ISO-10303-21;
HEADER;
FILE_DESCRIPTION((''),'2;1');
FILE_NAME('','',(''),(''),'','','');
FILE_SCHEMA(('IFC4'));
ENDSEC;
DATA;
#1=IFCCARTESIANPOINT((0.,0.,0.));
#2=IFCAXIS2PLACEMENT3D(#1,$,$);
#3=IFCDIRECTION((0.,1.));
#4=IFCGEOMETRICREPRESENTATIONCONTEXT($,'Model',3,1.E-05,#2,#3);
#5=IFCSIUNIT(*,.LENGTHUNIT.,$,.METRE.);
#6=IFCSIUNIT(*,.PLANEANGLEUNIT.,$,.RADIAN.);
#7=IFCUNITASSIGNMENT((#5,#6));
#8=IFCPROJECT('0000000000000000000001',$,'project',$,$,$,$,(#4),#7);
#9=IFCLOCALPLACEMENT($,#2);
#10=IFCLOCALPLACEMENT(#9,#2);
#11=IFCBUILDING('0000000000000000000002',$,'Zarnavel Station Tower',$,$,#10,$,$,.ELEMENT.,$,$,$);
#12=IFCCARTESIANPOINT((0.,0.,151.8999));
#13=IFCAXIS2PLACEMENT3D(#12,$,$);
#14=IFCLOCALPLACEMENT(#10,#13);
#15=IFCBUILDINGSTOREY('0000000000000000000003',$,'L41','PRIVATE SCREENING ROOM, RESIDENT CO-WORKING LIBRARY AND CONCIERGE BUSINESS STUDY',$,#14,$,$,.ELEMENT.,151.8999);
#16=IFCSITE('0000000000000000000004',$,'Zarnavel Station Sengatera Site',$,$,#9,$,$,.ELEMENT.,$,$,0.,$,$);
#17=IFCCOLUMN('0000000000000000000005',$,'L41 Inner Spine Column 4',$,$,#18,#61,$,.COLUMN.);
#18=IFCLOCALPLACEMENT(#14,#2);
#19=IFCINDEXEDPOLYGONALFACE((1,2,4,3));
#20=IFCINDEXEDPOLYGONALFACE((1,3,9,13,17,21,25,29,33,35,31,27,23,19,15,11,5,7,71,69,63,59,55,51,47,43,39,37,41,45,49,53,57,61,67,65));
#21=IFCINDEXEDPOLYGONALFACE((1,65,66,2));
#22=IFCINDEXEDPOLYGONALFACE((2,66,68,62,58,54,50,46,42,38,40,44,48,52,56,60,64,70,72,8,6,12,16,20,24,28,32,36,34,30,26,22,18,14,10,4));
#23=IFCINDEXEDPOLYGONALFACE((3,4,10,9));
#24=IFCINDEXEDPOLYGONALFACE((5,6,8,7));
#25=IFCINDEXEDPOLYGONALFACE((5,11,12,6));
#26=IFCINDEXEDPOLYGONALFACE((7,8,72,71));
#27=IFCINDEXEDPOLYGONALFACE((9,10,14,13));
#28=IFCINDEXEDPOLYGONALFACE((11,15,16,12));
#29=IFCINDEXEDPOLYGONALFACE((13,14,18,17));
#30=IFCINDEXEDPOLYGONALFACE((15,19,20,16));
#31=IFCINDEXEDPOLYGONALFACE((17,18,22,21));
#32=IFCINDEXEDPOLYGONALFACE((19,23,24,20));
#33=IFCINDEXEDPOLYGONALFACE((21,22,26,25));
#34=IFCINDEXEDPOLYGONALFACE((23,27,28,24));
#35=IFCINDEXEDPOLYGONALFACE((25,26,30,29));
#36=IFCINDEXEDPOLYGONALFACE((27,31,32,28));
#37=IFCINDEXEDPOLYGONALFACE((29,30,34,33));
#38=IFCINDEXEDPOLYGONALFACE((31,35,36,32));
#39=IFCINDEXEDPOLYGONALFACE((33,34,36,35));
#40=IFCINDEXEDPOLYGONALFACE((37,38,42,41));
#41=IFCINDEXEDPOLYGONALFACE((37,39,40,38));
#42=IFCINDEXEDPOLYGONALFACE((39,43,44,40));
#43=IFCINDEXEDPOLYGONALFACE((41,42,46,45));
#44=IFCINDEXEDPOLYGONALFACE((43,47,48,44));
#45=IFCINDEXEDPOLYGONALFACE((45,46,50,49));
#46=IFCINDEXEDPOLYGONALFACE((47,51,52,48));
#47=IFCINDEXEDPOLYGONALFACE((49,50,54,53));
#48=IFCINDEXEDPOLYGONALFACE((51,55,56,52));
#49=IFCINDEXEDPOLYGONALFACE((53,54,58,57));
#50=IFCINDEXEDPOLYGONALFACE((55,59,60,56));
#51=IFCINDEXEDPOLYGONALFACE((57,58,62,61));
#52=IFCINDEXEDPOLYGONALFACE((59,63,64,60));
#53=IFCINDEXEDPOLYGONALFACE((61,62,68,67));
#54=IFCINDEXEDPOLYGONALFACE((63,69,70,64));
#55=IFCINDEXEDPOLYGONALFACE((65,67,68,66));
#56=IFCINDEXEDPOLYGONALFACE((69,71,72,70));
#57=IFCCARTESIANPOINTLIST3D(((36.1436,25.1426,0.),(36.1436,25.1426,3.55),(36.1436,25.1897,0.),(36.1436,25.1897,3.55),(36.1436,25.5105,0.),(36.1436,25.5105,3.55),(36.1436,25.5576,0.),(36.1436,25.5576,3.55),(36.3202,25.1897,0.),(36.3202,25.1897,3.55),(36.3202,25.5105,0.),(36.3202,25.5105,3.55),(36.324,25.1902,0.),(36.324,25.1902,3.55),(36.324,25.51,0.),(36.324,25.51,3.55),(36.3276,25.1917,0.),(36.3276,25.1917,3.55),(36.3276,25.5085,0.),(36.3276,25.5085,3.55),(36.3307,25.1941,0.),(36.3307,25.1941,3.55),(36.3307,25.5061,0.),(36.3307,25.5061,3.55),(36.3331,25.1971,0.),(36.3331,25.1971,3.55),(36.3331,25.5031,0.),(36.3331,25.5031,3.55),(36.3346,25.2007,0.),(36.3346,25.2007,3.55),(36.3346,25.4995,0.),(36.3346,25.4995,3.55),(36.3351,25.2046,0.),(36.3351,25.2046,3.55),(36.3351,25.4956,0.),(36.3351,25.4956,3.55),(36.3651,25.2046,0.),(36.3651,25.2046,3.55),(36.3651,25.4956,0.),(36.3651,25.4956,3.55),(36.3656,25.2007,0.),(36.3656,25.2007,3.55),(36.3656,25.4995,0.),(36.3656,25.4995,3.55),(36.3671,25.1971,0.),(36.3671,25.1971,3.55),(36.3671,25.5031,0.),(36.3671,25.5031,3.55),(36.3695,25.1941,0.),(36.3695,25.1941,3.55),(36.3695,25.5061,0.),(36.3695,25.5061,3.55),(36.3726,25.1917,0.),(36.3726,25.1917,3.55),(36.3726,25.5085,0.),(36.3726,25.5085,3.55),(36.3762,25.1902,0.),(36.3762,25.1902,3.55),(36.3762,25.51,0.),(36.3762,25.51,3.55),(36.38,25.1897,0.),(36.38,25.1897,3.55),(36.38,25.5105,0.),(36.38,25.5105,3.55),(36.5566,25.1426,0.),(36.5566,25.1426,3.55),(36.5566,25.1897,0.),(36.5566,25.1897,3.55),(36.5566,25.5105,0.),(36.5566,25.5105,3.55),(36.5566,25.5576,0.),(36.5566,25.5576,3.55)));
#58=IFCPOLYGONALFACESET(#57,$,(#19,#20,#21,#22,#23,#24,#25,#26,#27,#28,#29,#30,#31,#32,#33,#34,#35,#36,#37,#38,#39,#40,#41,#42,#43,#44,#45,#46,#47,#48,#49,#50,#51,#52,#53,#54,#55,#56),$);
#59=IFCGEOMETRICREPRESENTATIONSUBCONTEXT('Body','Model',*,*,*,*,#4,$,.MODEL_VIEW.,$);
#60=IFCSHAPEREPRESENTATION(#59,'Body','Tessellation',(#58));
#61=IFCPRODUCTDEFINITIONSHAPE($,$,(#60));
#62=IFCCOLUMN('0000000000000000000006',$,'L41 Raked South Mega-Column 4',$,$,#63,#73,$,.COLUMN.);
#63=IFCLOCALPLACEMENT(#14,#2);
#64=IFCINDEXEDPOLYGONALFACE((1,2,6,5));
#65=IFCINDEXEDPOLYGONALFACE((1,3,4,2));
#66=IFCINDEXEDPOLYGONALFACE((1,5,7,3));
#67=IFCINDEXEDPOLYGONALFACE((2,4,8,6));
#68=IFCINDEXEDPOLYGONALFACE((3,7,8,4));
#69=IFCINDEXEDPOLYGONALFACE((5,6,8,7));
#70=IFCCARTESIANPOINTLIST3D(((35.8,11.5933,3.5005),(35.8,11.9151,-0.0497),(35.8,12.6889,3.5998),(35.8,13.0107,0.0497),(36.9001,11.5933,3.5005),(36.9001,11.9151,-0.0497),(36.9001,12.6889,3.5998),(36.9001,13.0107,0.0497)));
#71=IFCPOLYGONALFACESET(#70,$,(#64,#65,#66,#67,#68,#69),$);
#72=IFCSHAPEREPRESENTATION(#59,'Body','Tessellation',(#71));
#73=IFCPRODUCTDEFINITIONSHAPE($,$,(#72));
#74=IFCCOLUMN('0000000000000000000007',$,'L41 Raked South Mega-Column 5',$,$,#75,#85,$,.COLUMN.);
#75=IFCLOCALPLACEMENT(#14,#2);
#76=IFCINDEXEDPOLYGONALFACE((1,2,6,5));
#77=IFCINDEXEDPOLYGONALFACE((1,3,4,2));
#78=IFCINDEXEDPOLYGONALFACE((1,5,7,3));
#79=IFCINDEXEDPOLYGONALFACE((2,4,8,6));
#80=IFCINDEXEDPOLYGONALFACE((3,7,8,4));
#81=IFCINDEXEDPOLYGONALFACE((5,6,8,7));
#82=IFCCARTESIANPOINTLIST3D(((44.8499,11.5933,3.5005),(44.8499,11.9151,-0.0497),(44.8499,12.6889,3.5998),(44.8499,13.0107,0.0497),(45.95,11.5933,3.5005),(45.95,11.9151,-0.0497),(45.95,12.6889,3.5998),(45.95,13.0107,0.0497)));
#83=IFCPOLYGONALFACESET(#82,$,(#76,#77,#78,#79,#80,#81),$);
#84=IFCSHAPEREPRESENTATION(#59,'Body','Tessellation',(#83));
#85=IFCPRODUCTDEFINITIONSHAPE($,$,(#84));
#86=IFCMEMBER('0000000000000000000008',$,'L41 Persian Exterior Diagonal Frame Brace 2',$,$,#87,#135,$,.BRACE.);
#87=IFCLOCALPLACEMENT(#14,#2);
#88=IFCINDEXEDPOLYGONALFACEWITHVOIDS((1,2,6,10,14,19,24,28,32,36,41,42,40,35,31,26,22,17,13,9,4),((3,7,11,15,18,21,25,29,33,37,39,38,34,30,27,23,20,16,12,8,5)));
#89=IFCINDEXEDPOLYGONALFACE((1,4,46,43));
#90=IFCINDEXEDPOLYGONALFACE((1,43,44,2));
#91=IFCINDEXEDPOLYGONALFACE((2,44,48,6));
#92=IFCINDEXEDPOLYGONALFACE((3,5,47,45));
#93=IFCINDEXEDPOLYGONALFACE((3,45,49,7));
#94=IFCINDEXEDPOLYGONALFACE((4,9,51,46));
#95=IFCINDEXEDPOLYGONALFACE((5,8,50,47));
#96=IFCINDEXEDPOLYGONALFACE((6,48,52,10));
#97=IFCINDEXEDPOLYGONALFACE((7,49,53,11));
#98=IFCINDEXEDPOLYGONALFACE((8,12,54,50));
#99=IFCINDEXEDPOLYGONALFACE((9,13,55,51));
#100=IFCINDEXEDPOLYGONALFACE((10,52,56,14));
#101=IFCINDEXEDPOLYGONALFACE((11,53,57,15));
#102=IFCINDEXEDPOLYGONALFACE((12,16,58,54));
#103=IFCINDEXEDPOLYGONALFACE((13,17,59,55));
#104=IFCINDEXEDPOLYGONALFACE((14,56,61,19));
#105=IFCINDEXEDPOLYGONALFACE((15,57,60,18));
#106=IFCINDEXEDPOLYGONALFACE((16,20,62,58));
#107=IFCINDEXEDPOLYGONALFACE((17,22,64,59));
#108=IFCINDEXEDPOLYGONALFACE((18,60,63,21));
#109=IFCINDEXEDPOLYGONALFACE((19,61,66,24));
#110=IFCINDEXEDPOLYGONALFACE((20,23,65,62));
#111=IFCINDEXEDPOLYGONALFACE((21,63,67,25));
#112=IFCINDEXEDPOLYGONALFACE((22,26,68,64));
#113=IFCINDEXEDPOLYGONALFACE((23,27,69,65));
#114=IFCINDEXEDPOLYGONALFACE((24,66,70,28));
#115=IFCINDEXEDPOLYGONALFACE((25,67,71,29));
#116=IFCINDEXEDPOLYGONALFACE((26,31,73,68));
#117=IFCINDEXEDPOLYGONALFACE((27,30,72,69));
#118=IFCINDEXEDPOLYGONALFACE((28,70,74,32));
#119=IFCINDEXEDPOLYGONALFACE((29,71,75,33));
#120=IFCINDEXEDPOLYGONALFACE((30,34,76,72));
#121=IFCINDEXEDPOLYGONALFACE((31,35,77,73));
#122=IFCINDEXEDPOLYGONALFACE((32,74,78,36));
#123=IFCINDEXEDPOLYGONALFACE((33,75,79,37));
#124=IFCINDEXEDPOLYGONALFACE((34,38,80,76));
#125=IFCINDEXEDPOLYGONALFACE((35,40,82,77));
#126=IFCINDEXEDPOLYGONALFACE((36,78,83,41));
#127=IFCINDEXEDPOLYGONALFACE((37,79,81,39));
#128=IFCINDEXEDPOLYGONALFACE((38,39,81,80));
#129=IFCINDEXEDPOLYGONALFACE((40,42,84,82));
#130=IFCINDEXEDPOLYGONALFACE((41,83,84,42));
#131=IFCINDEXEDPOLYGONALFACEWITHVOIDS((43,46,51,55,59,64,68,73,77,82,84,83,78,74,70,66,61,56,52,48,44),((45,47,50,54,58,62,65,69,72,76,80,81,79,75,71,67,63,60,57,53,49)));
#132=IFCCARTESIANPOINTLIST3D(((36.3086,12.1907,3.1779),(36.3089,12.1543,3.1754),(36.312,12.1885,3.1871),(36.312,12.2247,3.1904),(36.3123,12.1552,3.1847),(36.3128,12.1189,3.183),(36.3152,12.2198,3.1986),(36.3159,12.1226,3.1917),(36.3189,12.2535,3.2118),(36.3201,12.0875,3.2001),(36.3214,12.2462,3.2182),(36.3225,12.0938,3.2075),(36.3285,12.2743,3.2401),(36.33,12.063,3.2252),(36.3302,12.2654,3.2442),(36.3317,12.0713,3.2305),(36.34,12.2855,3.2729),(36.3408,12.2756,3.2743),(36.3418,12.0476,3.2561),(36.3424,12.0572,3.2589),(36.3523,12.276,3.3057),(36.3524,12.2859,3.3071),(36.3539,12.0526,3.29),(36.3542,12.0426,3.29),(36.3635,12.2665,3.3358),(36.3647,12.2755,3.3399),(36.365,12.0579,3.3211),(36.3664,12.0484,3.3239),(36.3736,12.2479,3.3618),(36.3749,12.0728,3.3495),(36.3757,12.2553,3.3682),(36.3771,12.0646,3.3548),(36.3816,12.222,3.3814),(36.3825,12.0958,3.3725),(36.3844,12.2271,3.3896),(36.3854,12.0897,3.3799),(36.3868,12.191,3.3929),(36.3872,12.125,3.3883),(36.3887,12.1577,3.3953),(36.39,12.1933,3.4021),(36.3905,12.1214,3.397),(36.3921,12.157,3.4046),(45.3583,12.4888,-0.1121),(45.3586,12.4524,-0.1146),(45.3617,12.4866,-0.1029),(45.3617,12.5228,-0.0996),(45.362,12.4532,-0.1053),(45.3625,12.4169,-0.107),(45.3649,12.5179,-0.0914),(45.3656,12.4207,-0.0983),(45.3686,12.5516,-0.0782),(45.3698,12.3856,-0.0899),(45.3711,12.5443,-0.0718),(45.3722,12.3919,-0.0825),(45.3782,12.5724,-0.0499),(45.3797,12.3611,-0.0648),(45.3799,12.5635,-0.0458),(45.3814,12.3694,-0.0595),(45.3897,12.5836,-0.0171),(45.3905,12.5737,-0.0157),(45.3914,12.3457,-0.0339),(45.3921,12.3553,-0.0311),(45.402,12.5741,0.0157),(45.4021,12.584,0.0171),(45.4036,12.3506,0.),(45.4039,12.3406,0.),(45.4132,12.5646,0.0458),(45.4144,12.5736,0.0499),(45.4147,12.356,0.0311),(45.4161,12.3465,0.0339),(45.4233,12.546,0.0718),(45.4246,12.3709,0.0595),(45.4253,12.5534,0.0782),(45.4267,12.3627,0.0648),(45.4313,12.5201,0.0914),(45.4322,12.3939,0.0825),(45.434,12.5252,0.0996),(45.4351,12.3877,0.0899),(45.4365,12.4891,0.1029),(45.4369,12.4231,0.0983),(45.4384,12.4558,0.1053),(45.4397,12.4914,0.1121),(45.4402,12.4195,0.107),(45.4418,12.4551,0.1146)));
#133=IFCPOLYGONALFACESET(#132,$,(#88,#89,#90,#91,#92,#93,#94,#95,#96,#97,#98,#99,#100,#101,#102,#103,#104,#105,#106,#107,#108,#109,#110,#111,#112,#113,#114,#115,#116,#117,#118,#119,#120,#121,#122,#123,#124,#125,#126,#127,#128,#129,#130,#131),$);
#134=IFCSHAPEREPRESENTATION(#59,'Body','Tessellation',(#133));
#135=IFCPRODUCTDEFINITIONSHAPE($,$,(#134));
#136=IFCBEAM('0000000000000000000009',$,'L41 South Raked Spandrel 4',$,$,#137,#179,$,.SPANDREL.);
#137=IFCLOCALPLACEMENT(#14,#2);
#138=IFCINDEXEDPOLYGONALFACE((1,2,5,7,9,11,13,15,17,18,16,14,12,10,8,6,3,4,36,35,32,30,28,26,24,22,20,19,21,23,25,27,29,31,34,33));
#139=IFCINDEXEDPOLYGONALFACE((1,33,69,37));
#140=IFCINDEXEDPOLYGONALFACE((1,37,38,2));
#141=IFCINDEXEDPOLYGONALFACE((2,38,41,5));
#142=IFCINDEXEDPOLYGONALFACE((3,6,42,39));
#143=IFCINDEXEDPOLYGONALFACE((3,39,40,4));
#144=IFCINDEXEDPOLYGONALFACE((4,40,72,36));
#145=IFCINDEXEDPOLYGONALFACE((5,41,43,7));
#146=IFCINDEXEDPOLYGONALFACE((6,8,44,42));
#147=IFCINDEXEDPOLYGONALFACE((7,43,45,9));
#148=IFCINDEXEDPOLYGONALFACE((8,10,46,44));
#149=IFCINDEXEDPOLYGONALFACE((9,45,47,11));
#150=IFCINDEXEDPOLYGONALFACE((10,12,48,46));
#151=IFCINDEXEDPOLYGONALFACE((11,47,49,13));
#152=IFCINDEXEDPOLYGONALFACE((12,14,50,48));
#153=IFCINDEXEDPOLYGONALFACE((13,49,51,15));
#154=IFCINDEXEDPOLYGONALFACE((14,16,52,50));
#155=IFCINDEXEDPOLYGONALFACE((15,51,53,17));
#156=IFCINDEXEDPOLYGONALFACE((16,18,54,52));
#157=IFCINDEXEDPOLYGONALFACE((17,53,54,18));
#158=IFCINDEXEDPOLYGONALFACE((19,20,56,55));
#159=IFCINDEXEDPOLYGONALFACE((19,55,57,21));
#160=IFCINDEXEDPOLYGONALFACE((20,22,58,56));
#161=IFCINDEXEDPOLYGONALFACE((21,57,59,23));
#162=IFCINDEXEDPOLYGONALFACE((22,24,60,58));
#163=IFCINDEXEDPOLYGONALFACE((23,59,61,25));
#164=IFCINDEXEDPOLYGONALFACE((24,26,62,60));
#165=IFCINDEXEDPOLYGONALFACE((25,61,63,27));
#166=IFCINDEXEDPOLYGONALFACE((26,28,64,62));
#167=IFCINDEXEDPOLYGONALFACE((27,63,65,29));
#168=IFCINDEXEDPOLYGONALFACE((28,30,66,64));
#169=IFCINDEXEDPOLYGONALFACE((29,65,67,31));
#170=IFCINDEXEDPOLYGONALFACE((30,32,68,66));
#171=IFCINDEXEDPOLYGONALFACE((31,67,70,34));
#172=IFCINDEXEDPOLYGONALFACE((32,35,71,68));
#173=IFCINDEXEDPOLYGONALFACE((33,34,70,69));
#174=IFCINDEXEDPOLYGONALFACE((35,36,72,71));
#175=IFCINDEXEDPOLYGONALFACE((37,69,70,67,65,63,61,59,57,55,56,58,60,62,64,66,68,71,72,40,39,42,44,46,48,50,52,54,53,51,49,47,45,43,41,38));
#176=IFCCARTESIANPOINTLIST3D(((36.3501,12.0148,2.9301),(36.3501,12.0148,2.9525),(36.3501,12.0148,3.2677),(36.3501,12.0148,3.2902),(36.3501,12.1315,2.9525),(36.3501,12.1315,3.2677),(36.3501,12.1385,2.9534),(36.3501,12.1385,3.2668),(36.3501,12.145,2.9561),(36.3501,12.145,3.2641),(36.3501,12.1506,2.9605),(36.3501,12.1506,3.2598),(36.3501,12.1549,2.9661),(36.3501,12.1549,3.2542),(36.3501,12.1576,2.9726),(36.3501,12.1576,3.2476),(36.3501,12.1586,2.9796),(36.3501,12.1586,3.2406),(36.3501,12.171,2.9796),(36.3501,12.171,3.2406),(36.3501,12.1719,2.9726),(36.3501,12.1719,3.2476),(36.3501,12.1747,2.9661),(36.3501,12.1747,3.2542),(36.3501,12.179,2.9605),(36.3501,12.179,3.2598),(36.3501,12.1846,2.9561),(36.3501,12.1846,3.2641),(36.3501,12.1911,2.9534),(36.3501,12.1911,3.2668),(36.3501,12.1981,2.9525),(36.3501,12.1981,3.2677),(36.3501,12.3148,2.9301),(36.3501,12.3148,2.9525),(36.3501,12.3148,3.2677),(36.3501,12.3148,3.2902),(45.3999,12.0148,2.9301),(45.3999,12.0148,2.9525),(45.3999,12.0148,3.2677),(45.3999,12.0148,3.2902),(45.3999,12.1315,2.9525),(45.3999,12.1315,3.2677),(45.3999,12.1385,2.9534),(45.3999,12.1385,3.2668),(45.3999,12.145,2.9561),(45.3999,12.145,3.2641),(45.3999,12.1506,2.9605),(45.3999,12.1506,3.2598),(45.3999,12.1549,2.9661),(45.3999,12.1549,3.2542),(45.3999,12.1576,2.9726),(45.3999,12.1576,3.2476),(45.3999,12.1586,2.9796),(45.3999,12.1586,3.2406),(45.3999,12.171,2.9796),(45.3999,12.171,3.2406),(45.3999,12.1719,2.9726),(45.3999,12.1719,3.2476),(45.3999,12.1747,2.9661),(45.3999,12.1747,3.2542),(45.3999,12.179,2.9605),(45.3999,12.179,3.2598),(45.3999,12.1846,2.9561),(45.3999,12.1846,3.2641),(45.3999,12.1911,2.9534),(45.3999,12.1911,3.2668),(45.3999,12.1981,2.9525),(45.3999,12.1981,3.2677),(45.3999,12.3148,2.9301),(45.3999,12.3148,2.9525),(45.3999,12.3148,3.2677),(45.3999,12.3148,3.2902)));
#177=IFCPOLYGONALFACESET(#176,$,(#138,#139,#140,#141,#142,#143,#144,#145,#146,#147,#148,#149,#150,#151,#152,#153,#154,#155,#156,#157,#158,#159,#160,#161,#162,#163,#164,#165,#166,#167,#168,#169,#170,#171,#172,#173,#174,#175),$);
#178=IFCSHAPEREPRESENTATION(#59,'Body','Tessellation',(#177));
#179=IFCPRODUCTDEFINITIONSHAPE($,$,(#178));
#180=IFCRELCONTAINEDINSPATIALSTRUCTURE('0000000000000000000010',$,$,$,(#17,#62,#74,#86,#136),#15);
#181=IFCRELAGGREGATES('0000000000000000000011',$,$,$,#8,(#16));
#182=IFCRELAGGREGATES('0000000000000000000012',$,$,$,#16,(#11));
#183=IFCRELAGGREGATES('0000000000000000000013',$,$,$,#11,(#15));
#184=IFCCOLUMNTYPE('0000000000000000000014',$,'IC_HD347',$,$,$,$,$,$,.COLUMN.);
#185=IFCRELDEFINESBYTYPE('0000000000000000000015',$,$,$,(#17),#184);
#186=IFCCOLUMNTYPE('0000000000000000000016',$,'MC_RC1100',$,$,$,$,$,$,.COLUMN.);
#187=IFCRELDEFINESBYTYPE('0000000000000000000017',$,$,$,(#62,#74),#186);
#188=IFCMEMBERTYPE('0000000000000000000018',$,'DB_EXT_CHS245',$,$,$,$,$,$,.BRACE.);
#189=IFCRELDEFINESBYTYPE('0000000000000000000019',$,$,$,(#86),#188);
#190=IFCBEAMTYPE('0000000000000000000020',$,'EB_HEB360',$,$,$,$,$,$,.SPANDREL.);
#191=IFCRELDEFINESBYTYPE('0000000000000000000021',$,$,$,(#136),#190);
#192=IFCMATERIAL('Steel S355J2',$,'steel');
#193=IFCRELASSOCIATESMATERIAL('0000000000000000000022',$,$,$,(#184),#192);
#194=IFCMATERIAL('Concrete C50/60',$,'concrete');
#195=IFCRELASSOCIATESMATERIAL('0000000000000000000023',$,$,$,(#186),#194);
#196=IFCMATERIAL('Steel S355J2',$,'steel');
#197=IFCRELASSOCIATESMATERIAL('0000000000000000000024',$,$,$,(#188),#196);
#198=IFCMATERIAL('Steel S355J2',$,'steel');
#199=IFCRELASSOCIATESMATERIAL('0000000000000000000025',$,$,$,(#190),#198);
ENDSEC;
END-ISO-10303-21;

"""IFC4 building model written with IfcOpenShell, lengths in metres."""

from ifc_helpers import new_model, si_unit, direction, frame, origin, origin_2d, place, context, subcontext, project, spatial, rectangle, hollow_circle, i_section, extrude, material, material_profile, profile_set, type_object, element, save


model = new_model("IFC4")

# Units and contexts
model_context = context("Model", 3, precision=1e-05, world=origin(), true_north=direction((0.0, 1.0)))
body_context = subcontext(model_context, "Body", "Model", "MODEL_VIEW")
ifc_project = project(units=[si_unit("LENGTHUNIT", "METRE"), si_unit("PLANEANGLEUNIT", "RADIAN")], contexts=[model_context])

# Site, building, storey
site_placement = place(None, origin())
site = spatial("IfcSite", under=ifc_project, at=site_placement, Name="Zarnavel Station Sengatera Site", CompositionType="ELEMENT", RefElevation=0.0)
building_placement = place(site_placement, origin())
building = spatial("IfcBuilding", under=site, at=building_placement, Name="Zarnavel Station Tower", CompositionType="ELEMENT")
storey_placement = place(building_placement, frame((0.0, 0.0, 151.8999)))
storey = spatial("IfcBuildingStorey", under=building, at=storey_placement, Name="L41", Description="PRIVATE SCREENING ROOM, RESIDENT CO-WORKING LIBRARY AND CONCIERGE BUSINESS STUDY", CompositionType="ELEMENT", Elevation=151.8999)

# Columns
ifc_material_1 = material(Name="Steel S355J2", Category="steel")
ifc_material_profile_1 = material_profile(ifc_material_1, i_section(OverallWidth=0.4131, OverallDepth=0.415, WebThickness=0.03, FlangeThickness=0.0471, FilletRadius=0.0149, at=origin_2d()), Name="HD400x347")
ifc_profile_set_1 = profile_set([ifc_material_profile_1], Name="Steel S355J2")
column_type_1 = type_object("IfcColumnType", Name="IC_HD347", PredefinedType="COLUMN", material=ifc_profile_set_1)
column_placement = place(storey_placement, frame((36.3501, 25.3501, 0.0), z_axis=(0.0, 0.0, 1.0), x_axis=(1.0, 0.0, 0.0)))
element("IfcColumn", 1, at=column_placement, inside=storey, type_object=column_type_1, Name="L41 Inner Spine Column 4", PredefinedType="COLUMN", context=body_context, shape_type="SweptSolid", body=[
    extrude(i_section(OverallWidth=0.4131, OverallDepth=0.415, WebThickness=0.03, FlangeThickness=0.0471, FilletRadius=0.0149, at=origin_2d()), origin(), (0.0, 0.0, 1.0), 3.55),
])
ifc_material_2 = material(Name="Concrete C50/60", Category="concrete")
ifc_material_profile_2 = material_profile(ifc_material_2, rectangle(XDim=1.1001, YDim=1.1001, at=origin_2d()), Name="RC1100x1100")
ifc_profile_set_2 = profile_set([ifc_material_profile_2], Name="Concrete C50/60")
column_type_2 = type_object("IfcColumnType", Name="MC_RC1100", PredefinedType="COLUMN", material=ifc_profile_set_2)
for number, where, z_axis, x_axis, name in (
    (2, (36.3501, 12.4629, 0.0), (0.0, -0.09027, 0.995917), (1.0, 0.0, 0.0), "L41 Raked South Mega-Column 4"),
    (3, (45.3999, 12.4629, 0.0), (0.0, -0.09027, 0.995917), (1.0, 0.0, 0.0), "L41 Raked South Mega-Column 5"),
):
    element("IfcColumn", number, at=place(storey_placement, frame(where, z_axis=z_axis, x_axis=x_axis)), inside=storey, type_object=column_type_2, Name=name, PredefinedType="COLUMN", context=body_context, shape_type="SweptSolid", body=[
        extrude(rectangle(XDim=1.1001, YDim=1.1001, at=origin_2d()), origin(), (0.0, 0.0, 1.0), 3.5647),
    ])

# Member
ifc_material_3 = material(Name="Steel S355J2", Category="steel")
ifc_material_profile_3 = material_profile(ifc_material_3, hollow_circle(Radius=0.1223, WallThickness=0.01, at=origin_2d()), Name="CHS244.5x10")
ifc_profile_set_3 = profile_set([ifc_material_profile_3], Name="Steel S355J2")
member_type = type_object("IfcMemberType", Name="DB_EXT_CHS245", PredefinedType="BRACE", material=ifc_profile_set_3)
member_placement = place(storey_placement, frame((45.3999, 12.4629, 0.0), z_axis=(-0.93937, -0.030942, 0.341506), x_axis=(0.032922, -0.999458, 0.0)))
element("IfcMember", 4, at=member_placement, inside=storey, type_object=member_type, Name="L41 Persian Exterior Diagonal Frame Brace 2", PredefinedType="BRACE", context=body_context, shape_type="SweptSolid", body=[
    extrude(hollow_circle(Radius=0.1223, WallThickness=0.01, at=origin_2d()), origin(), (0.0, 0.0, 1.0), 9.6338),
])

# Beam
ifc_material_4 = material(Name="Steel S355J2", Category="steel")
ifc_material_profile_4 = material_profile(ifc_material_4, i_section(OverallWidth=0.3, OverallDepth=0.3601, WebThickness=0.0125, FlangeThickness=0.0225, FilletRadius=0.0271, at=origin_2d()), Name="HEB360")
ifc_profile_set_4 = profile_set([ifc_material_profile_4], Name="Steel S355J2")
beam_type_1 = type_object("IfcBeamType", Name="EB_HEB360", PredefinedType="SPANDREL", material=ifc_profile_set_4)
beam_1_placement = place(storey_placement, frame((36.3501, 12.1648, 3.1101), z_axis=(1.0, 0.0, 0.0), x_axis=(0.0, 1.0, 0.0)))
element("IfcBeam", 5, at=beam_1_placement, inside=storey, type_object=beam_type_1, Name="L41 South Raked Spandrel 4", PredefinedType="SPANDREL", context=body_context, shape_type="SweptSolid", body=[
    extrude(i_section(OverallWidth=0.3, OverallDepth=0.3601, WebThickness=0.0125, FlangeThickness=0.0225, FilletRadius=0.0271, at=origin_2d()), origin(), (0.0, 0.0, 1.0), 9.0498),
])

save(model, "model.ifc")
